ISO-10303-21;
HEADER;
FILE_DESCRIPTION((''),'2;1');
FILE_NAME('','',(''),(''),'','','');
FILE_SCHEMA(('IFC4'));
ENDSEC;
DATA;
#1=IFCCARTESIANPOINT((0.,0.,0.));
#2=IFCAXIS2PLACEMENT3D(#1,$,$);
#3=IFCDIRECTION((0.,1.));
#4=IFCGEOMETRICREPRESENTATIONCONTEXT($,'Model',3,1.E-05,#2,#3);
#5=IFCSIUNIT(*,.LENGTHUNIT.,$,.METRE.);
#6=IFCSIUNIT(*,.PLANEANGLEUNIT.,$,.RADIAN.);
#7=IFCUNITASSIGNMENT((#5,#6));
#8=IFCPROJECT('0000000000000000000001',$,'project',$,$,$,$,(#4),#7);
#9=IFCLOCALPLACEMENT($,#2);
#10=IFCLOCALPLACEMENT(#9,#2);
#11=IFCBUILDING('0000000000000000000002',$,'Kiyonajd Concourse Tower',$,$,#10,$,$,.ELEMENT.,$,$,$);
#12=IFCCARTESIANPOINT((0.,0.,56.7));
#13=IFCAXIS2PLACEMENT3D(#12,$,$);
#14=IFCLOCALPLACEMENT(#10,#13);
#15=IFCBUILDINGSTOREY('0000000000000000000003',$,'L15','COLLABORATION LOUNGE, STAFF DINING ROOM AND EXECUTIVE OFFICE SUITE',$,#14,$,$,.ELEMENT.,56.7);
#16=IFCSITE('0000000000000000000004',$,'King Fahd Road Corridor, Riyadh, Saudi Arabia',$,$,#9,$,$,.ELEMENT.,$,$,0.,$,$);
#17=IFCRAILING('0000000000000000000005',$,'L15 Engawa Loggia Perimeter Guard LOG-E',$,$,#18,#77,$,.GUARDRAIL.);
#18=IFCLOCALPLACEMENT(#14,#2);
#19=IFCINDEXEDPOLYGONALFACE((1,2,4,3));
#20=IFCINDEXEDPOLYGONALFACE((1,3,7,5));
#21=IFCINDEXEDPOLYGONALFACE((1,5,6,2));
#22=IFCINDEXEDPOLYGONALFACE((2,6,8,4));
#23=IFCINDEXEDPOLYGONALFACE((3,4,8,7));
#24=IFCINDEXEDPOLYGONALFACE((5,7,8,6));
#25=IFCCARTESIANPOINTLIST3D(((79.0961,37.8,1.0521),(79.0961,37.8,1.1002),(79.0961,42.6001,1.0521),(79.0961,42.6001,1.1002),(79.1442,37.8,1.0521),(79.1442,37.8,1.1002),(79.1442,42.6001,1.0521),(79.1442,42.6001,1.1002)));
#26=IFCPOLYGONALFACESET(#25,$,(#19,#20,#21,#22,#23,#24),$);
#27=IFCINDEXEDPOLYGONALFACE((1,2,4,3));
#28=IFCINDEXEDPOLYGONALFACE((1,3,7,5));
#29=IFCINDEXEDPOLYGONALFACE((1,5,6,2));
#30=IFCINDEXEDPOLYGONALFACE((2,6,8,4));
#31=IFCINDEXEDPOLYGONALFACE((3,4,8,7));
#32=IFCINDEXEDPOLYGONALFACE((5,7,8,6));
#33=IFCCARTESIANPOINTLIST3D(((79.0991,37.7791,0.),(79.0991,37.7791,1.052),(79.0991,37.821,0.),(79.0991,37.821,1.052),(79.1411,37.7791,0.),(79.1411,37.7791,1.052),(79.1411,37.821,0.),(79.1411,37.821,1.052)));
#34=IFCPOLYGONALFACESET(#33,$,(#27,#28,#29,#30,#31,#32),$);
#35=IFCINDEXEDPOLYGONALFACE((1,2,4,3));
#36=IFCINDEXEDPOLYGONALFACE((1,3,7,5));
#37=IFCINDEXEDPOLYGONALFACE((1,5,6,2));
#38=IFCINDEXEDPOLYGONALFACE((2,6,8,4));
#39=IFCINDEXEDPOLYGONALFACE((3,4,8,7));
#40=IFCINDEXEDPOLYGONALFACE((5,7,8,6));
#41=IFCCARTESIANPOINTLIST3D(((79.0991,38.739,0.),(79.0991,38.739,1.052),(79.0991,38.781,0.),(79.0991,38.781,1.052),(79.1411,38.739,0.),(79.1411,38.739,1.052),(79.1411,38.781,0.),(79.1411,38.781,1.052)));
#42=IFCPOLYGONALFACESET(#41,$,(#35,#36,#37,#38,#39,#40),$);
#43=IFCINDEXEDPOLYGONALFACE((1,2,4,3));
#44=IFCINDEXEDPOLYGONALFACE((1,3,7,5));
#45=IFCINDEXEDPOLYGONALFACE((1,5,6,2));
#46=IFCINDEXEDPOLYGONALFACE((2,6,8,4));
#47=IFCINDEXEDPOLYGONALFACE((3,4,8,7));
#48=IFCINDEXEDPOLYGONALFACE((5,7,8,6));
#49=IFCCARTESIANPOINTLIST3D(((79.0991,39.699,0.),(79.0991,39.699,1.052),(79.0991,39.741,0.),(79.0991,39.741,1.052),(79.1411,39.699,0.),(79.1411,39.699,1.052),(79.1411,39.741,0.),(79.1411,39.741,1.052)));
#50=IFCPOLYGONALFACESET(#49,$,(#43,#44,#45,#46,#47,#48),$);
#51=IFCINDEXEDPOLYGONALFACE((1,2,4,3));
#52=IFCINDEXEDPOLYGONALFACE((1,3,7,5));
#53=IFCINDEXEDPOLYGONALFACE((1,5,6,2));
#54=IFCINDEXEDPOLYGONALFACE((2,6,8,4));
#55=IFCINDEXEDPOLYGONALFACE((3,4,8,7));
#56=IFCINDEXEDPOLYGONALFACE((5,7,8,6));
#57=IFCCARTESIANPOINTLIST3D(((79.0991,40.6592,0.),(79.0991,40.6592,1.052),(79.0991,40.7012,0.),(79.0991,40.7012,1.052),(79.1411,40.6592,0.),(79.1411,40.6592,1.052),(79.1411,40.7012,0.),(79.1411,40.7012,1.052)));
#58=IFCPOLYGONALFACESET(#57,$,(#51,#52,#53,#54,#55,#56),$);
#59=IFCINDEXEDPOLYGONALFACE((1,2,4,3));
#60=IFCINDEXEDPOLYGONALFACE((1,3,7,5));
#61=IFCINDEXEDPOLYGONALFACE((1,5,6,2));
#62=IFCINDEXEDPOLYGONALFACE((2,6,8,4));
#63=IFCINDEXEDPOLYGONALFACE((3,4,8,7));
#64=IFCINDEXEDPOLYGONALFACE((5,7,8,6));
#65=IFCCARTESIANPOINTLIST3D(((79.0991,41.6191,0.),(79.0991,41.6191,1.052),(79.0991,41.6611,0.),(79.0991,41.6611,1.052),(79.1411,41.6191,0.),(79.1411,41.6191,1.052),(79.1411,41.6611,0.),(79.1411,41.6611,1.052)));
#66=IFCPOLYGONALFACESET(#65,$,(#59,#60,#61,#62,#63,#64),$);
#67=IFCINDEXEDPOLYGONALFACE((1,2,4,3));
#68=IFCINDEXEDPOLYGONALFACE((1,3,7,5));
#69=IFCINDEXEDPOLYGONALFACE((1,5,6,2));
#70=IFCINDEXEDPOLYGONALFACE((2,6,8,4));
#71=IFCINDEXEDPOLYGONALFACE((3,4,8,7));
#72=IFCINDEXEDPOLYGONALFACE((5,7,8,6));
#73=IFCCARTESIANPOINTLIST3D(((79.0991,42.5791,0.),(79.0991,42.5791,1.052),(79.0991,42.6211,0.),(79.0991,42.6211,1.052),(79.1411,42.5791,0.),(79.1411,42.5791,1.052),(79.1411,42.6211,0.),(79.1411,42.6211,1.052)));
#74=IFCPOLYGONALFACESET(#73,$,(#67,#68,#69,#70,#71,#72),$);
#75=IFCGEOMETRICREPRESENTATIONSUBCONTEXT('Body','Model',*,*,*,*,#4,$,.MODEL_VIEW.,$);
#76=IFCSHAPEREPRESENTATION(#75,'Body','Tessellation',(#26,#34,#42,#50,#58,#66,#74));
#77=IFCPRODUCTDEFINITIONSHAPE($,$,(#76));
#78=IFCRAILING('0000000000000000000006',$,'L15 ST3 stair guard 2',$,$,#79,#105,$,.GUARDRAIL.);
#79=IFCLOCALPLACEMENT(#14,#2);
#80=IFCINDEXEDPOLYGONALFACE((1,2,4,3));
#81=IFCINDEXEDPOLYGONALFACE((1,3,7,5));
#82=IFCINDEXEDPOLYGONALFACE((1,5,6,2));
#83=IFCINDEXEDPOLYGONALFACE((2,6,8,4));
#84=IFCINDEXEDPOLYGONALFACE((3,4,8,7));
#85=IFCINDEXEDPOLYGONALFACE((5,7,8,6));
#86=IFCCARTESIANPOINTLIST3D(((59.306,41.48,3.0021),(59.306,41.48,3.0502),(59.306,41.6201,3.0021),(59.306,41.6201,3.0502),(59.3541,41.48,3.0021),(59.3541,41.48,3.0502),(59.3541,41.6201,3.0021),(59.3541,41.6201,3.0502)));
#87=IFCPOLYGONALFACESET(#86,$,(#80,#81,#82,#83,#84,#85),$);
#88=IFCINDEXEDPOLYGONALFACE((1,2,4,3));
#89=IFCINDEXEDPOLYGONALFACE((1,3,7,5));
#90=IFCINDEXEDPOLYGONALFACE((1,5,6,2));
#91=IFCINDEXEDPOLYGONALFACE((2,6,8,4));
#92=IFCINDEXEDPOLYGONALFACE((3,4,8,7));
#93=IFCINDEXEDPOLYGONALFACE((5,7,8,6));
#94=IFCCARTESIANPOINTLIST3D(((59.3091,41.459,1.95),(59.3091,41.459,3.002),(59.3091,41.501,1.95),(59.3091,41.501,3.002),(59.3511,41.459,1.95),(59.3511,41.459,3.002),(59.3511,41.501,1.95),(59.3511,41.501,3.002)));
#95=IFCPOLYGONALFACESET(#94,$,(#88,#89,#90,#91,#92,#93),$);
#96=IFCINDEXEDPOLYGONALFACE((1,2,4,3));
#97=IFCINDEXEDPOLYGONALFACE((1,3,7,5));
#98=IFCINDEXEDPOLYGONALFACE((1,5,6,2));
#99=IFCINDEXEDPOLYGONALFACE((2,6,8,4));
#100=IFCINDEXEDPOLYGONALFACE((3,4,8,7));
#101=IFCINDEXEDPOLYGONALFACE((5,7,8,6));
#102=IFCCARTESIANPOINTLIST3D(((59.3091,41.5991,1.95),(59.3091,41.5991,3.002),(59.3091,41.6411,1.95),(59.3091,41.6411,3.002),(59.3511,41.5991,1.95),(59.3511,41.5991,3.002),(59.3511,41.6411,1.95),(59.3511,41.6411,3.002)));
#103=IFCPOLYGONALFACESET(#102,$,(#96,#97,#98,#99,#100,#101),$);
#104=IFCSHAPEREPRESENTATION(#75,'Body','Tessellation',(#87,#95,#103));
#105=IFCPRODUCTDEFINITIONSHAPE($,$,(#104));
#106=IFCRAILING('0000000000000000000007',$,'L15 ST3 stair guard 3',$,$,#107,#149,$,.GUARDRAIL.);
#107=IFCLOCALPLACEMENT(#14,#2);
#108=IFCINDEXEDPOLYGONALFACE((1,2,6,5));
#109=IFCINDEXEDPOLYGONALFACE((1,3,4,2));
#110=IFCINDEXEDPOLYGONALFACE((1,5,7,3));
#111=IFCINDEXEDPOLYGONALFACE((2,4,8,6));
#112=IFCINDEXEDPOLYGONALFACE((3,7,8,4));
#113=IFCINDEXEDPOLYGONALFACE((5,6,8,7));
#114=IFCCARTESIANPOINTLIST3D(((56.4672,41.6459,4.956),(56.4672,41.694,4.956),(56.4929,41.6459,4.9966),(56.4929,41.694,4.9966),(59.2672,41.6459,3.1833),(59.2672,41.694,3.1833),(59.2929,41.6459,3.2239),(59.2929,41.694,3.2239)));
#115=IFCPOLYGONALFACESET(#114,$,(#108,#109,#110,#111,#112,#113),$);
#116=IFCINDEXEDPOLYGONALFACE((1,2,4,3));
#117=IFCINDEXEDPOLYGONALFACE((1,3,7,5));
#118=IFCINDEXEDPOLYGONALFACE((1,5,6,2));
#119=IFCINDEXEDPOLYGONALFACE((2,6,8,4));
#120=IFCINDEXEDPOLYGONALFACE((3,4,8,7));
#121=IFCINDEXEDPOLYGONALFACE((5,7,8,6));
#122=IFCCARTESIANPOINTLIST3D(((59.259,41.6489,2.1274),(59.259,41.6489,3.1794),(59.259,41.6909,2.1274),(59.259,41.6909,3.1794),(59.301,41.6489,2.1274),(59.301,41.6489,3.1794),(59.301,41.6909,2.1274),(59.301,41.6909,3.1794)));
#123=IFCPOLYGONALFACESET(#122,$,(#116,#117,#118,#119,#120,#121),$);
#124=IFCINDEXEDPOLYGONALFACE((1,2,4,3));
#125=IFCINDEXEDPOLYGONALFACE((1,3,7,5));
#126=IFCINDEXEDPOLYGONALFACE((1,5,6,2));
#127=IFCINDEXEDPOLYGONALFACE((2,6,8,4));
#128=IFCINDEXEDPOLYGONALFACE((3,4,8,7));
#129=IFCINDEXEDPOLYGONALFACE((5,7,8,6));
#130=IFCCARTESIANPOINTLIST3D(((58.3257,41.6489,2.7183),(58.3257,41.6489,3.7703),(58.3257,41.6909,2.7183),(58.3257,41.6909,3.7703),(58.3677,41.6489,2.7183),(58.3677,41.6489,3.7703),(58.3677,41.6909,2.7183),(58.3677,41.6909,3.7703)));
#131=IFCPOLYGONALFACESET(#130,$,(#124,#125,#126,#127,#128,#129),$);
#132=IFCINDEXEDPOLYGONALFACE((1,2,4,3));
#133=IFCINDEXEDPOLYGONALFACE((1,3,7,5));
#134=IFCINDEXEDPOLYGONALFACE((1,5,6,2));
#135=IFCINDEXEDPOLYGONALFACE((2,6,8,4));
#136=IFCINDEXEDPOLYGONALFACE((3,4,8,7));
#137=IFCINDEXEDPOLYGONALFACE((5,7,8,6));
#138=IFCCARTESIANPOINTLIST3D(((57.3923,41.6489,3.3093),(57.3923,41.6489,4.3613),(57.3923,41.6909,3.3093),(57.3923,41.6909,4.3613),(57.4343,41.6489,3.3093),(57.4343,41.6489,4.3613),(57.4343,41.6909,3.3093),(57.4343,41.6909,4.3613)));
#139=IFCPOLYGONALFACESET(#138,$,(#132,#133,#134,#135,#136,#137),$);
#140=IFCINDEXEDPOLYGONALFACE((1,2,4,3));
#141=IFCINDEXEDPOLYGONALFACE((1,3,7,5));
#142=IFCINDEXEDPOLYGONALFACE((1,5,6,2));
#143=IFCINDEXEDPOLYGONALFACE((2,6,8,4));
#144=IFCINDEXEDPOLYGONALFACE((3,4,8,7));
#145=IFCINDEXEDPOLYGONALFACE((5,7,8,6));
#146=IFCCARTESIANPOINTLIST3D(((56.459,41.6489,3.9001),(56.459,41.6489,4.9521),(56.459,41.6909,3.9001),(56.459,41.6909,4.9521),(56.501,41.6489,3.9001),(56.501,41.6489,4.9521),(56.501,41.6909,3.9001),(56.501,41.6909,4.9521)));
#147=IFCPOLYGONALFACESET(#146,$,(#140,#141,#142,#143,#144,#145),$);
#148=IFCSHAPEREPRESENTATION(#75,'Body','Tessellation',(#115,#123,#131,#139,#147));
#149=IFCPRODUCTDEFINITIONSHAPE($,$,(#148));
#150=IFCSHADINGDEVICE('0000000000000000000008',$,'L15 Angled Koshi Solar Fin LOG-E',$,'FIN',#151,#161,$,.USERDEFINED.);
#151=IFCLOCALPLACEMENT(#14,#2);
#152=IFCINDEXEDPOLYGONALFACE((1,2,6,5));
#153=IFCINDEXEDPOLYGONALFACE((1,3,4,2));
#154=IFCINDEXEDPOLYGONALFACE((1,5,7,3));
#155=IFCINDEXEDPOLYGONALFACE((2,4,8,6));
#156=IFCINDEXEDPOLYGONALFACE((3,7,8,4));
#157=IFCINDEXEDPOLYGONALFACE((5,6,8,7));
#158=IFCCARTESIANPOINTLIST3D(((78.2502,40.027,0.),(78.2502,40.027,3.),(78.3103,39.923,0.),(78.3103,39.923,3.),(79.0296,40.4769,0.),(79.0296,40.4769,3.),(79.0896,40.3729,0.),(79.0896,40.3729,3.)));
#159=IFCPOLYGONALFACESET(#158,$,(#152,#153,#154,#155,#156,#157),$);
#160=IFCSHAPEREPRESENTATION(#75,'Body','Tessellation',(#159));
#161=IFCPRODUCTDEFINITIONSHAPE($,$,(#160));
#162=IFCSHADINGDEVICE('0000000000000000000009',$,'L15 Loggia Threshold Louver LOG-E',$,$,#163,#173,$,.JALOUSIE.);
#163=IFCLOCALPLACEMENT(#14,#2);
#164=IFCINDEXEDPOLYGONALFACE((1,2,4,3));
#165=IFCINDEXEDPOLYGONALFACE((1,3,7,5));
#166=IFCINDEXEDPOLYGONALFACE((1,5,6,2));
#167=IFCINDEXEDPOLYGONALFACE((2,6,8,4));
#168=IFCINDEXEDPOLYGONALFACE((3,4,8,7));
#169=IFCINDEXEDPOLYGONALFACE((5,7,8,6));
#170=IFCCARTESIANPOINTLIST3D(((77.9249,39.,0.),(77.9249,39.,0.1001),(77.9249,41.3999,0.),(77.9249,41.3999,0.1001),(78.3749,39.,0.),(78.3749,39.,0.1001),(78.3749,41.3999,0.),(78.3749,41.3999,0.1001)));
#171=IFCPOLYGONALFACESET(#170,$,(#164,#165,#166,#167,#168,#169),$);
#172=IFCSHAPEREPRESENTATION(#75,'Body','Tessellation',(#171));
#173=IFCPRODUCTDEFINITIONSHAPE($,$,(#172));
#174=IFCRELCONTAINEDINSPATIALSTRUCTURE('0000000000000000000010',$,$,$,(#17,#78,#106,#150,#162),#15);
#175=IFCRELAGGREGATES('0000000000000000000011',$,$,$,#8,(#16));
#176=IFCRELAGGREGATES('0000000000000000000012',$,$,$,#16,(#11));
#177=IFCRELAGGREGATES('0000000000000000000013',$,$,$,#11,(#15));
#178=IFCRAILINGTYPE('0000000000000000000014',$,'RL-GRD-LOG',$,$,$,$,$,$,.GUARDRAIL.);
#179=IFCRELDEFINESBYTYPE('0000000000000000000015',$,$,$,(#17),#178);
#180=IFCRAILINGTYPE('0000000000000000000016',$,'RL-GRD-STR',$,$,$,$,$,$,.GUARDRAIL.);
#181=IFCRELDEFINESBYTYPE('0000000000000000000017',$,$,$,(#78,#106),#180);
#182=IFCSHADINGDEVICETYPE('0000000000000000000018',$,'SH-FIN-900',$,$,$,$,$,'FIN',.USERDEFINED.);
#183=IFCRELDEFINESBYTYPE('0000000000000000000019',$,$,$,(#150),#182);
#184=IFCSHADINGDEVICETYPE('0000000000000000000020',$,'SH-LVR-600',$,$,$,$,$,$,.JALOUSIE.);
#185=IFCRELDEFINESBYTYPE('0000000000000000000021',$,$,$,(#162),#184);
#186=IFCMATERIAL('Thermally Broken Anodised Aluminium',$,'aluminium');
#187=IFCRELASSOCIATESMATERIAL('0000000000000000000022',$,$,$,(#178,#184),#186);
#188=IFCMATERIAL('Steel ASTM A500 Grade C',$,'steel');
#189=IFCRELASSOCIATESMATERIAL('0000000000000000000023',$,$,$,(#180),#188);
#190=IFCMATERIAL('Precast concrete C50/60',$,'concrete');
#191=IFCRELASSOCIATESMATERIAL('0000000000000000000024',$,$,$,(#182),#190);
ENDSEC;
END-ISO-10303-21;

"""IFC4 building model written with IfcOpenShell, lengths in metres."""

from ifc_helpers import new_model, si_unit, direction, frame, origin, origin_2d, place, context, subcontext, project, spatial, rectangle, extrude, material, type_object, element, save


model = new_model("IFC4")

# Units and contexts
model_context = context("Model", 3, precision=1e-05, world=origin(), true_north=direction((0.0, 1.0)))
body_context = subcontext(model_context, "Body", "Model", "MODEL_VIEW")
ifc_project = project(units=[si_unit("LENGTHUNIT", "METRE"), si_unit("PLANEANGLEUNIT", "RADIAN")], contexts=[model_context])

# Site, building, storey
site_placement = place(None, origin())
site = spatial("IfcSite", under=ifc_project, at=site_placement, Name="King Fahd Road Corridor, Riyadh, Saudi Arabia", CompositionType="ELEMENT", RefElevation=0.0)
building_placement = place(site_placement, origin())
building = spatial("IfcBuilding", under=site, at=building_placement, Name="Kiyonajd Concourse Tower", CompositionType="ELEMENT")
storey_placement = place(building_placement, frame((0.0, 0.0, 56.7)))
storey = spatial("IfcBuildingStorey", under=building, at=storey_placement, Name="L15", Description="COLLABORATION LOUNGE, STAFF DINING ROOM AND EXECUTIVE OFFICE SUITE", CompositionType="ELEMENT", Elevation=56.7)

# Shared definitions
ifc_material_1 = material(Name="Precast concrete C50/60", Category="concrete")

# Shared definitions
ifc_material_2 = material(Name="Thermally Broken Anodised Aluminium", Category="aluminium")

# Railings
railing_type_1 = type_object("IfcRailingType", Name="RL-GRD-LOG", PredefinedType="GUARDRAIL", material=ifc_material_2)
railing_1_placement = place(storey_placement, frame((79.1201, 37.8, 0.0)))
element("IfcRailing", 1, at=railing_1_placement, inside=storey, type_object=railing_type_1, Name="L15 Engawa Loggia Perimeter Guard LOG-E", PredefinedType="GUARDRAIL", context=body_context, shape_type="SweptSolid", body=[
    extrude(rectangle(XDim=0.0481, YDim=0.0481, at=origin_2d()), frame((0.0, 0.0, 1.0762), z_axis=(0.0, 1.0, 0.0), x_axis=(-1.0, 0.0, 0.0)), (0.0, 0.0, 1.0), 4.8),
    extrude(rectangle(XDim=0.042, YDim=0.042, at=origin_2d()), origin(), (0.0, 0.0, 1.0), 1.052),
    extrude(rectangle(XDim=0.042, YDim=0.042, at=origin_2d()), frame((0.0, 0.96, 0.0)), (0.0, 0.0, 1.0), 1.052),
    extrude(rectangle(XDim=0.042, YDim=0.042, at=origin_2d()), frame((0.0, 1.9199, 0.0)), (0.0, 0.0, 1.0), 1.052),
    extrude(rectangle(XDim=0.042, YDim=0.042, at=origin_2d()), frame((0.0, 2.8801, 0.0)), (0.0, 0.0, 1.0), 1.052),
    extrude(rectangle(XDim=0.042, YDim=0.042, at=origin_2d()), frame((0.0, 3.8401, 0.0)), (0.0, 0.0, 1.0), 1.052),
    extrude(rectangle(XDim=0.042, YDim=0.042, at=origin_2d()), frame((0.0, 4.8, 0.0)), (0.0, 0.0, 1.0), 1.052),
])
ifc_material_3 = material(Name="Steel ASTM A500 Grade C", Category="steel")
railing_type_2 = type_object("IfcRailingType", Name="RL-GRD-STR", PredefinedType="GUARDRAIL", material=ifc_material_3)
railing_2_placement = place(storey_placement, frame((59.3301, 41.48, 1.95)))
element("IfcRailing", 2, at=railing_2_placement, inside=storey, type_object=railing_type_2, Name="L15 ST3 stair guard 2", PredefinedType="GUARDRAIL", context=body_context, shape_type="SweptSolid", body=[
    extrude(rectangle(XDim=0.0481, YDim=0.0481, at=origin_2d()), frame((0.0, 0.0, 1.0762), z_axis=(0.0, 1.0, 0.0), x_axis=(-1.0, 0.0, 0.0)), (0.0, 0.0, 1.0), 0.1401),
    extrude(rectangle(XDim=0.042, YDim=0.042, at=origin_2d()), origin(), (0.0, 0.0, 1.0), 1.052),
    extrude(rectangle(XDim=0.042, YDim=0.042, at=origin_2d()), frame((0.0, 0.1401, 0.0)), (0.0, 0.0, 1.0), 1.052),
])
railing_3_placement = place(storey_placement, frame((59.28, 41.6699, 2.1274)))
element("IfcRailing", 3, at=railing_3_placement, inside=storey, type_object=railing_type_2, Name="L15 ST3 stair guard 3", PredefinedType="GUARDRAIL", context=body_context, shape_type="SweptSolid", body=[
    extrude(rectangle(XDim=0.0481, YDim=0.0481, at=origin_2d()), frame((0.0, 0.0, 1.0762), z_axis=(-0.844909, 0.0, 0.53491), x_axis=(0.0, -1.0, 0.0)), (0.0, 0.0, 1.0), 3.314),
    extrude(rectangle(XDim=0.042, YDim=0.042, at=origin_2d()), origin(), (0.0, 0.0, 1.0), 1.052),
    extrude(rectangle(XDim=0.042, YDim=0.042, at=origin_2d()), frame((-0.9333, 0.0, 0.5908)), (0.0, 0.0, 1.0), 1.052),
    extrude(rectangle(XDim=0.042, YDim=0.042, at=origin_2d()), frame((-1.8667, 0.0, 1.1819)), (0.0, 0.0, 1.0), 1.052),
    extrude(rectangle(XDim=0.042, YDim=0.042, at=origin_2d()), frame((-2.8, 0.0, 1.7727)), (0.0, 0.0, 1.0), 1.052),
])

# Shading devices
shading_device_type_1 = type_object("IfcShadingDeviceType", Name="SH-FIN-900", ElementType="FIN", PredefinedType="USERDEFINED", material=ifc_material_1)
shading_device_1_placement = place(storey_placement, frame((78.6699, 40.2, 0.0), z_axis=(0.0, 0.0, 1.0), x_axis=(0.866025, 0.5, 0.0)))
element("IfcShadingDevice", 4, at=shading_device_1_placement, inside=storey, type_object=shading_device_type_1, Name="L15 Angled Koshi Solar Fin LOG-E", ObjectType="FIN", PredefinedType="USERDEFINED", context=body_context, shape_type="SweptSolid", body=[
    extrude(rectangle(XDim=0.8999, YDim=0.1201, at=origin_2d()), origin(), (0.0, 0.0, 1.0), 3.0),
])
shading_device_type_2 = type_object("IfcShadingDeviceType", Name="SH-LVR-600", PredefinedType="JALOUSIE", material=ifc_material_2)
shading_device_2_placement = place(storey_placement, frame((78.1499, 40.2, 0.0), z_axis=(0.0, 0.0, 1.0), x_axis=(0.0, 1.0, 0.0)))
element("IfcShadingDevice", 5, at=shading_device_2_placement, inside=storey, type_object=shading_device_type_2, Name="L15 Loggia Threshold Louver LOG-E", PredefinedType="JALOUSIE", context=body_context, shape_type="SweptSolid", body=[
    extrude(rectangle(XDim=2.3999, YDim=0.45, at=origin_2d()), origin(), (0.0, 0.0, 1.0), 0.1001),
])

save(model, "model.ifc")
